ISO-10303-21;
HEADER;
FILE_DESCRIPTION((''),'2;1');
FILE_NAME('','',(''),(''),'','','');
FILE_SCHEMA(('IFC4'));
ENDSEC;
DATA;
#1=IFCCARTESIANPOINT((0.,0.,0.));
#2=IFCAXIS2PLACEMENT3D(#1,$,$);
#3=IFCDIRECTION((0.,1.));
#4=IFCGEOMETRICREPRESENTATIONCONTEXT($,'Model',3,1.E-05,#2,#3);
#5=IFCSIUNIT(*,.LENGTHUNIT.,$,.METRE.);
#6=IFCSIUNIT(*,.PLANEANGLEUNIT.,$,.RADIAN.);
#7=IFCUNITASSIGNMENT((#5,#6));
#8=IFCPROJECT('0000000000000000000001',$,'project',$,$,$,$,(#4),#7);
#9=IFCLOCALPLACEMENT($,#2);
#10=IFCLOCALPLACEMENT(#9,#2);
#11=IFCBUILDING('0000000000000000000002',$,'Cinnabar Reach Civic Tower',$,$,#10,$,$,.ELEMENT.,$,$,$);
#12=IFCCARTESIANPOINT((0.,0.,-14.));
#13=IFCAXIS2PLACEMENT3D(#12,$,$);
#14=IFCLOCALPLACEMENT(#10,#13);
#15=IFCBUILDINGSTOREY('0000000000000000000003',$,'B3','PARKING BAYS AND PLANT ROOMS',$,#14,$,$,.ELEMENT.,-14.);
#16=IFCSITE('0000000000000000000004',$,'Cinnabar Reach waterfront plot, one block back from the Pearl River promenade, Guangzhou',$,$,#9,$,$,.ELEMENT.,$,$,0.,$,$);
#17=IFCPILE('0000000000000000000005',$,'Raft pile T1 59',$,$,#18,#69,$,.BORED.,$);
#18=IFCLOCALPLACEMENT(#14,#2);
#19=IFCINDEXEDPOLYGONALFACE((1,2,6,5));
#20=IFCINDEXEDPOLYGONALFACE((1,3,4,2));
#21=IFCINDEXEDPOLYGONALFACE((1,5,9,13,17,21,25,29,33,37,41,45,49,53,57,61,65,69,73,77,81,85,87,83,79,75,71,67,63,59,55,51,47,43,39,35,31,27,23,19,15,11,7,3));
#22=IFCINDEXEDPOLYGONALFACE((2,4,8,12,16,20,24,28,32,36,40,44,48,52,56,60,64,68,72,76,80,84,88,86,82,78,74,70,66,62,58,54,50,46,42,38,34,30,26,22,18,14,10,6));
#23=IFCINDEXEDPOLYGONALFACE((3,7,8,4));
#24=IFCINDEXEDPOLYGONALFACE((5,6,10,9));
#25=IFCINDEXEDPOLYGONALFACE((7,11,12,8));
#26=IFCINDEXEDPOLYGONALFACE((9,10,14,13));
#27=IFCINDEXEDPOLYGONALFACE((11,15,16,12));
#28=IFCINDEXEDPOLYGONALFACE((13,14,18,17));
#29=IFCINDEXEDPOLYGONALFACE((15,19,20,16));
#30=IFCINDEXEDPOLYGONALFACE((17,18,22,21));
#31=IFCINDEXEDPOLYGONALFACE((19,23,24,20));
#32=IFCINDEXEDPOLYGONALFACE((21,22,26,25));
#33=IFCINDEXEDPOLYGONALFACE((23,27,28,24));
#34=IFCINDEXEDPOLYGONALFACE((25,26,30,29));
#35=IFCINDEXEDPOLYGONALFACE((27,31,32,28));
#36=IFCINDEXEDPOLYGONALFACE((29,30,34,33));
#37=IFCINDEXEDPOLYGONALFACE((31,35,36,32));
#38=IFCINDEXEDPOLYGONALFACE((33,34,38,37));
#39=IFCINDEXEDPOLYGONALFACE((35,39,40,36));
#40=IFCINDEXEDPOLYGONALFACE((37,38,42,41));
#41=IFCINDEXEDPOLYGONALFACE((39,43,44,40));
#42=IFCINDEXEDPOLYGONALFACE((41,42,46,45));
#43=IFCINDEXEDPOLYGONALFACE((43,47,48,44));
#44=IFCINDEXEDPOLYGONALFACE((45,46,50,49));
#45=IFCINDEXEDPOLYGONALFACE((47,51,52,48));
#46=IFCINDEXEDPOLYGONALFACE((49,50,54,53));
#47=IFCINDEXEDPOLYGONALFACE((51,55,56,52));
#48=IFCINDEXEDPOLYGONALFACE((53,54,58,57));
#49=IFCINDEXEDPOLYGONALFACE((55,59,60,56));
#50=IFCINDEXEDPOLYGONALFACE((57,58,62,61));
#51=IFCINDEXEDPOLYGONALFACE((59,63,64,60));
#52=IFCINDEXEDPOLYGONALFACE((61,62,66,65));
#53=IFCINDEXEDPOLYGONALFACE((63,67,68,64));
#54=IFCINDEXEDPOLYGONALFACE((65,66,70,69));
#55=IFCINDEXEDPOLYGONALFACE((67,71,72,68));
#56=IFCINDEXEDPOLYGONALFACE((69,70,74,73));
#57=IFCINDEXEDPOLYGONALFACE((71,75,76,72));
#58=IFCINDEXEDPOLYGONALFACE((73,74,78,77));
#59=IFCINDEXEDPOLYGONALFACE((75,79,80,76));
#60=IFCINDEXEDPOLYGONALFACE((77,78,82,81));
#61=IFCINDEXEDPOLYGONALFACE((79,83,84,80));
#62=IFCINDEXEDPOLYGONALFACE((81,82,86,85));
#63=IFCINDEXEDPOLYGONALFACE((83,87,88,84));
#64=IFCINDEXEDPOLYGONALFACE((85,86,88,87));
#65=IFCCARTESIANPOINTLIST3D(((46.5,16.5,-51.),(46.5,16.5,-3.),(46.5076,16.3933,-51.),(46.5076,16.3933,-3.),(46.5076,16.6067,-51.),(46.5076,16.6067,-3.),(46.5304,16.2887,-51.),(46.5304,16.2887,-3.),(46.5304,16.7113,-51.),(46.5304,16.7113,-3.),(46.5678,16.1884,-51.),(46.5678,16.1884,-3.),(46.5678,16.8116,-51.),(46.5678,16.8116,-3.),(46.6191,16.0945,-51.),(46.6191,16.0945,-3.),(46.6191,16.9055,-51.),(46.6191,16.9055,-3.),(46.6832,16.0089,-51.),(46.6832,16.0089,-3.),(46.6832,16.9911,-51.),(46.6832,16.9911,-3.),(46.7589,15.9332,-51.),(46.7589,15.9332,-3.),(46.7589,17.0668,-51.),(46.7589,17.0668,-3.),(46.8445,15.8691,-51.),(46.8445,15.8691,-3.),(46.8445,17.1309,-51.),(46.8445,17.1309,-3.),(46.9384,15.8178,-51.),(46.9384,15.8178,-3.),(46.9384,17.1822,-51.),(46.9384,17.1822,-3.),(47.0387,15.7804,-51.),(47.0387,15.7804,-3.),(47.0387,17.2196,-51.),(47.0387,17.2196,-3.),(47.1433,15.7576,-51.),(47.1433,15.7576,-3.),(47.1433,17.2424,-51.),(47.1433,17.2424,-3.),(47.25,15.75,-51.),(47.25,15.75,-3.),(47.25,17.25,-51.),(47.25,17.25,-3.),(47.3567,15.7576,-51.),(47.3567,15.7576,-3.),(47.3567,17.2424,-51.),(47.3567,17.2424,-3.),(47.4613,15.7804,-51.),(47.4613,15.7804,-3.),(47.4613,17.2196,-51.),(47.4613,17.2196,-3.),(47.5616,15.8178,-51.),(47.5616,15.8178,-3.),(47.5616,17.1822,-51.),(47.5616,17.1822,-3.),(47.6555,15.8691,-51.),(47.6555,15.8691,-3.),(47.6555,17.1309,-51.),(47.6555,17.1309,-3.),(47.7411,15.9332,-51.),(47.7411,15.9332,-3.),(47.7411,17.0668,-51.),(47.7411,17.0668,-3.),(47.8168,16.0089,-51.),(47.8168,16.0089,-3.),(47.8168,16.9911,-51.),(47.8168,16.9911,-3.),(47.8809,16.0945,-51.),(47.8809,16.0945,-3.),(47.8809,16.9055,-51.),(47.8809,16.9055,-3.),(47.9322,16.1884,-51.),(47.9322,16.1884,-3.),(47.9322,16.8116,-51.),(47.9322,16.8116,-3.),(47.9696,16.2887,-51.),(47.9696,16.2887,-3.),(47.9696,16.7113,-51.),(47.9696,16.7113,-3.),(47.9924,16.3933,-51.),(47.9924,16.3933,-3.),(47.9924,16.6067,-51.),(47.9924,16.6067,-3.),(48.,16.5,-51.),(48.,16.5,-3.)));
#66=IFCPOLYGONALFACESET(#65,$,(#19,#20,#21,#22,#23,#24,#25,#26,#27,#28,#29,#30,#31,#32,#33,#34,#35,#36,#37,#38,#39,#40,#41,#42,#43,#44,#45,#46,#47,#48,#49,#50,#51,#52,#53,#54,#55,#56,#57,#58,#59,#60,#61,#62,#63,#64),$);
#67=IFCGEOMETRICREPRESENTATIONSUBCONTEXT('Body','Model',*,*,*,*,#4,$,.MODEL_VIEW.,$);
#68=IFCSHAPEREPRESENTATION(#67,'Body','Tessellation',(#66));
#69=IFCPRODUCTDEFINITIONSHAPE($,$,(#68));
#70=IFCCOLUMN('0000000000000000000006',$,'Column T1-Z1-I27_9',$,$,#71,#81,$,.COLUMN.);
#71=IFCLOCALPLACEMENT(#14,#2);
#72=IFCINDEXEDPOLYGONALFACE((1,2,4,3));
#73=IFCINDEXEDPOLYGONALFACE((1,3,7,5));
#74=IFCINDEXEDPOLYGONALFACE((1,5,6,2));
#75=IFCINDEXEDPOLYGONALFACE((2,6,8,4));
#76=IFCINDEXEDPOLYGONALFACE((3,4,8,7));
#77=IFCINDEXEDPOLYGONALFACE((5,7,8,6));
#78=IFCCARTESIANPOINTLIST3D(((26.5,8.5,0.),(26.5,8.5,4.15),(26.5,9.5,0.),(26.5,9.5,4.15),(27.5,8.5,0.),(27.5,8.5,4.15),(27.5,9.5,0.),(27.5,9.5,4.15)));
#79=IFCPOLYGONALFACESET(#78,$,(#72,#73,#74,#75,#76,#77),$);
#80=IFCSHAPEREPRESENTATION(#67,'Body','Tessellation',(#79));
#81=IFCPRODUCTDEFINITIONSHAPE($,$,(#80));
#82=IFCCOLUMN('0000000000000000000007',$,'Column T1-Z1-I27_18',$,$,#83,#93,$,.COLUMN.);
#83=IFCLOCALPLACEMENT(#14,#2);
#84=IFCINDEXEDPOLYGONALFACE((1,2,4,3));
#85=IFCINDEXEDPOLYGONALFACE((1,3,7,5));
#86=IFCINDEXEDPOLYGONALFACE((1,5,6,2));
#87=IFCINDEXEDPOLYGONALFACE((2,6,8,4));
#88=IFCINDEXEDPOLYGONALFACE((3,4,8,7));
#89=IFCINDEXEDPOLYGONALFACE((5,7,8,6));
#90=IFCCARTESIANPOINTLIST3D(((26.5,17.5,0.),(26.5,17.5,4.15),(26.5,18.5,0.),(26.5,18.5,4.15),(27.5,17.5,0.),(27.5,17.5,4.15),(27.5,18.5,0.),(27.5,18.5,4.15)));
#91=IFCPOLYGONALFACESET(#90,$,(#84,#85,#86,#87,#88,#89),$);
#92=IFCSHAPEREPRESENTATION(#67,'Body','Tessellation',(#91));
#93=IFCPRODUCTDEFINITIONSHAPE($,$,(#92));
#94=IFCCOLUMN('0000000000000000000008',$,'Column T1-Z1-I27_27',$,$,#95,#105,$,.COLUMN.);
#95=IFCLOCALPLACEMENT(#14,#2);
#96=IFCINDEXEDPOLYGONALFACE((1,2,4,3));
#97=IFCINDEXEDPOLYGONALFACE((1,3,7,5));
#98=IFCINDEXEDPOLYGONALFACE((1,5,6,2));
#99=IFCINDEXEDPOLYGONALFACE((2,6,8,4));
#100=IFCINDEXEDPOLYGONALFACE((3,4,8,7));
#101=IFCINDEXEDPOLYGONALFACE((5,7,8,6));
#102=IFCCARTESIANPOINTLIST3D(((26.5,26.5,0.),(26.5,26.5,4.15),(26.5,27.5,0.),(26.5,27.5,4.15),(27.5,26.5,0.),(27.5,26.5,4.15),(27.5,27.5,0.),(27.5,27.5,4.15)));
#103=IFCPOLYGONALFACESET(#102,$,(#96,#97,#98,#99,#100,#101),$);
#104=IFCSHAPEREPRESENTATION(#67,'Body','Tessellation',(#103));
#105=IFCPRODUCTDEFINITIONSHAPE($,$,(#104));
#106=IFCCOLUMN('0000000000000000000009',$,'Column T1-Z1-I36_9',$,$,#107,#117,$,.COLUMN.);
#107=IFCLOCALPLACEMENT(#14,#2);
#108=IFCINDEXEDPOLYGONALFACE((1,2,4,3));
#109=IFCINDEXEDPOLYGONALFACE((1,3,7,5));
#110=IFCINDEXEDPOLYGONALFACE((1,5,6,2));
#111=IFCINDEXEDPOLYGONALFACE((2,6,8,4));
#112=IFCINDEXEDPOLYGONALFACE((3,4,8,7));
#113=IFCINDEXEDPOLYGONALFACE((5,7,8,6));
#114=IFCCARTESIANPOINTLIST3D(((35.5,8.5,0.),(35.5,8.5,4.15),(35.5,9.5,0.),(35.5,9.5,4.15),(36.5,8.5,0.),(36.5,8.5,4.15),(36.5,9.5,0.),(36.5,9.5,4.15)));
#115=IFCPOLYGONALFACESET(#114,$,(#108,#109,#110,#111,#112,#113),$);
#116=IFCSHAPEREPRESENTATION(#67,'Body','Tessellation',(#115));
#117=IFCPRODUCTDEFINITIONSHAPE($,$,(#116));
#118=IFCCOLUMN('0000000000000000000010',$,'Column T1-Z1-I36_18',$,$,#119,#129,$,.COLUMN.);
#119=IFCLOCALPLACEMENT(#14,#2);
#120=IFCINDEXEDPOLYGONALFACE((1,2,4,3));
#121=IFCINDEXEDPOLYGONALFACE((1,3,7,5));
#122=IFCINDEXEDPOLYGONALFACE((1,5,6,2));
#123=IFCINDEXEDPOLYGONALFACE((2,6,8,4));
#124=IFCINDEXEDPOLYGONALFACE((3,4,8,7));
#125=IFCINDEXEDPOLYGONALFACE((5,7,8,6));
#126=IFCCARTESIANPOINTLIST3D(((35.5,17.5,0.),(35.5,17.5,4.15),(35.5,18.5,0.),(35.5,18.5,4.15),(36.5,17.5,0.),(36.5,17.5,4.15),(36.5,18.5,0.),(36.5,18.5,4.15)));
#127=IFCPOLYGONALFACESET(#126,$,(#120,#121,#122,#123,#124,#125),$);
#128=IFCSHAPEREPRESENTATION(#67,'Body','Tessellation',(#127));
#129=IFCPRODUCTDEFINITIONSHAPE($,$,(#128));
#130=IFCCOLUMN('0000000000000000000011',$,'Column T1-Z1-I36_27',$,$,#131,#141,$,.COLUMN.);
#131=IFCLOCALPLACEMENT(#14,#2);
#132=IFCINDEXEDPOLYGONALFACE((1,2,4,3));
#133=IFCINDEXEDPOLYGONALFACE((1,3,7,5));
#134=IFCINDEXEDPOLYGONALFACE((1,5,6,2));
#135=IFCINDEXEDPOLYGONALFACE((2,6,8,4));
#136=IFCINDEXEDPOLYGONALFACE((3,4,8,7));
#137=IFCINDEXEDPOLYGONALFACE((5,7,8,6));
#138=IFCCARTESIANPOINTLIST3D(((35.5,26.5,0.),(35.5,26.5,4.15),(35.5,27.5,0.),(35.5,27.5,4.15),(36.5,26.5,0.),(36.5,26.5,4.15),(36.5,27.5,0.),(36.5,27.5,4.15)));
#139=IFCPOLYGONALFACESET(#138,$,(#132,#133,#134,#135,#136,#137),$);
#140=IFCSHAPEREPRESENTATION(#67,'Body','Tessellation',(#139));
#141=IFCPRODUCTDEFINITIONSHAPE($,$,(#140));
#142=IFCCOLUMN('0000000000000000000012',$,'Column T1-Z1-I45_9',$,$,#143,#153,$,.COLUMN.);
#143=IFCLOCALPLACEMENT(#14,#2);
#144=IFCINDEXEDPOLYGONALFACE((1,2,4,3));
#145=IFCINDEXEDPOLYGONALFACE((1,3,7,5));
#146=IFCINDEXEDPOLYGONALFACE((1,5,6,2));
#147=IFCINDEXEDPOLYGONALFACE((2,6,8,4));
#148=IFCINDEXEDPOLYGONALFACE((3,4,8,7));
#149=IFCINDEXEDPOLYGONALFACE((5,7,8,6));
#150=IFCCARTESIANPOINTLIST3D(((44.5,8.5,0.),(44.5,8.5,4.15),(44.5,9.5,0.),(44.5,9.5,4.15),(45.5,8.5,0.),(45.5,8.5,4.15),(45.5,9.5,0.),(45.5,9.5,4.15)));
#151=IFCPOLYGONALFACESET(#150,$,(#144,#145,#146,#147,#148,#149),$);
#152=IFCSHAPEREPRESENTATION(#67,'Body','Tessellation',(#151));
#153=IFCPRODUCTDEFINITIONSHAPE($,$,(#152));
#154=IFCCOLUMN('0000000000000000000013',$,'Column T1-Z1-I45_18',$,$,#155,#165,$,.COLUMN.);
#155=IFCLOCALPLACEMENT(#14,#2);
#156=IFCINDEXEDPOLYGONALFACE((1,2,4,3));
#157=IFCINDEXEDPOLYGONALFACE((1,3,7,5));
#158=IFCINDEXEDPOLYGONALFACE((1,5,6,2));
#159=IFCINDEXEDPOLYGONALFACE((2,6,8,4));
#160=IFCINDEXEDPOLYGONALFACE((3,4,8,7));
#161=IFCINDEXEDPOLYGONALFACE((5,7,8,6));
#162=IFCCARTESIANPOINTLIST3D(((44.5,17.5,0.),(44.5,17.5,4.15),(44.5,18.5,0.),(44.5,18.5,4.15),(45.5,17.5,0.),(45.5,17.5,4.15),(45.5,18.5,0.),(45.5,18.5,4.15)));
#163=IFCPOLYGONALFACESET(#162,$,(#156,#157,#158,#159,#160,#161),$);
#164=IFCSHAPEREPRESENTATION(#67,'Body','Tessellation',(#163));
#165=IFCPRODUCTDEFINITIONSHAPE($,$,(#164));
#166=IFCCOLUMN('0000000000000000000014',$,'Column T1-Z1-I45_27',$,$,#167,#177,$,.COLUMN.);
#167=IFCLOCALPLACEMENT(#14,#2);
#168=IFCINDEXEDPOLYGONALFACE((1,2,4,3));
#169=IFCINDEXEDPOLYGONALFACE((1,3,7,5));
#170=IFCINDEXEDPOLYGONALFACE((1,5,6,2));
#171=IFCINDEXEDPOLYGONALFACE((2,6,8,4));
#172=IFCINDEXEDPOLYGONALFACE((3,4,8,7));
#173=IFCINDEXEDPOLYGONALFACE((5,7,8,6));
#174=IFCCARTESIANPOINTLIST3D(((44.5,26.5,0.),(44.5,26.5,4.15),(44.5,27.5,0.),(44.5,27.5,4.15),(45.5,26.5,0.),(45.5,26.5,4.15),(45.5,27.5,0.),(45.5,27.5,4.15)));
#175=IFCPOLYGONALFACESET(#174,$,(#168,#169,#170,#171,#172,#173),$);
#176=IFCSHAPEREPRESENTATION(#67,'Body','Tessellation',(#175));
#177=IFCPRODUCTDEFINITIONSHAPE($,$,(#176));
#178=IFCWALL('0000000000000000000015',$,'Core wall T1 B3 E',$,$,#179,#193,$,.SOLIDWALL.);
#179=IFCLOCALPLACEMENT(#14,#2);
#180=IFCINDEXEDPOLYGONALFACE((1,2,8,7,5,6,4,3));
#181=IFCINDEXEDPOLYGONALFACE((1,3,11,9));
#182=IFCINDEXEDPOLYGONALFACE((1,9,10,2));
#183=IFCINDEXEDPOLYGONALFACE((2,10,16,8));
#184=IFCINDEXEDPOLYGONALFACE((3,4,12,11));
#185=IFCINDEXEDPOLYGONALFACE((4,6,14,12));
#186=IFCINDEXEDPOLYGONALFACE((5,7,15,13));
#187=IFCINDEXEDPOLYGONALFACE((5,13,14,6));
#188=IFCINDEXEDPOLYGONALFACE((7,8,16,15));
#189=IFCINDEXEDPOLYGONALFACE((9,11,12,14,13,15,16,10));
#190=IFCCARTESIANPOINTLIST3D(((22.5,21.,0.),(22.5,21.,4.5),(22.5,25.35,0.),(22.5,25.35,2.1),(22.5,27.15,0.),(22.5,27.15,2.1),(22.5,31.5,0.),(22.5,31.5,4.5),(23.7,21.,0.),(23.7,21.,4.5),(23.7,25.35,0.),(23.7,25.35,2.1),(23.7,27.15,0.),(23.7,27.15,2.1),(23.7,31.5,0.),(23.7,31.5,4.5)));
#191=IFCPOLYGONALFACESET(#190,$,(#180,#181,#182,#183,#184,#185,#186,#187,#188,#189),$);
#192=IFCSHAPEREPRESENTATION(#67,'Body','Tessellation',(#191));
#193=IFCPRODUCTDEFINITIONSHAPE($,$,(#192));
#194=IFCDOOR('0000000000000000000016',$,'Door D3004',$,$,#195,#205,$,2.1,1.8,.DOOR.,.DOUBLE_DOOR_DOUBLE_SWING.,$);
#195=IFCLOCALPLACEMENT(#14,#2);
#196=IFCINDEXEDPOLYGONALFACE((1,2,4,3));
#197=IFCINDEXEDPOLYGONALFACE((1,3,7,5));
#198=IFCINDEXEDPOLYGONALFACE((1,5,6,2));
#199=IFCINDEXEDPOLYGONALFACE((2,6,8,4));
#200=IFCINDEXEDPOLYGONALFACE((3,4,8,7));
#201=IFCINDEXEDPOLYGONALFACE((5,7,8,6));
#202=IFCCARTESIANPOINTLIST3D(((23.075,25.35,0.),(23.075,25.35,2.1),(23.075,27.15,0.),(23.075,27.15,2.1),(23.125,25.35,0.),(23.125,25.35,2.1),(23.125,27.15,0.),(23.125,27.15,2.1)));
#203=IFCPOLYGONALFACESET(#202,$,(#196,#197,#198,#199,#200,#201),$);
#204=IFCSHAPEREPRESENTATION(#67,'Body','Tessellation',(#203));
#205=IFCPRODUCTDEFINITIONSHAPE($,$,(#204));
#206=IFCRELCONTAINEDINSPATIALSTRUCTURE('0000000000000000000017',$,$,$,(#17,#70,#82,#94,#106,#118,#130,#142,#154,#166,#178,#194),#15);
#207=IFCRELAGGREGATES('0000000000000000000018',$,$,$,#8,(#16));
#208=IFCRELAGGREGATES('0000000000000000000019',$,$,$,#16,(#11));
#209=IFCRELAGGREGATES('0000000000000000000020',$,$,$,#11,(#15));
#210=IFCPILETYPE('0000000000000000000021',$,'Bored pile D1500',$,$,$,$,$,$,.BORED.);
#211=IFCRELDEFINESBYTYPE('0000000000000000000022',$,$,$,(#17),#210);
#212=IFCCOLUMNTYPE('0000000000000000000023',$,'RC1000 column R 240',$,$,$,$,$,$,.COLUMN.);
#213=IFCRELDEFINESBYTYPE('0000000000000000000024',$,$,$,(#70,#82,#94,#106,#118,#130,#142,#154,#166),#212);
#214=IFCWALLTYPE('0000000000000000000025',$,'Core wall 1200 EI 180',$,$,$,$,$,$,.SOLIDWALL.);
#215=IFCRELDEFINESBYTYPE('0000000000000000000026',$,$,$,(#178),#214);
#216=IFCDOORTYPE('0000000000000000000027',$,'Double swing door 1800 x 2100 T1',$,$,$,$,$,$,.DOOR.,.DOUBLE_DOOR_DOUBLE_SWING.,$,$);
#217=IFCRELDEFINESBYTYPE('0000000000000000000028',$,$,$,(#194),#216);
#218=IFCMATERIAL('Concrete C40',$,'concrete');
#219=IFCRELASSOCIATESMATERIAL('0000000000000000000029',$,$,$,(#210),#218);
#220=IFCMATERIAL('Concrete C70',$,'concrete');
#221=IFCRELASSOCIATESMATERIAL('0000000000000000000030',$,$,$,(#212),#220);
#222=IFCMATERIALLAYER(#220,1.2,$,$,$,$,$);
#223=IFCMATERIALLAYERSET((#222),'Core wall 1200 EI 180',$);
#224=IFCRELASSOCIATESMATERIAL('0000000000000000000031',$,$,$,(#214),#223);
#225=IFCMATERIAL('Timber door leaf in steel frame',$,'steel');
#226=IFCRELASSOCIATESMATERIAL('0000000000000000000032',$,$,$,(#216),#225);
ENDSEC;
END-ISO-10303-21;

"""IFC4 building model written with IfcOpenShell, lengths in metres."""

from ifc_helpers import new_model, si_unit, direction, frame, frame_2d, origin, origin_2d, place, context, subcontext, project, spatial, rectangle, circle, extrude, material, layer, layer_set, material_profile, profile_set, type_object, element, fill, save


model = new_model("IFC4")

# Units and contexts
model_context = context("Model", 3, precision=1e-05, world=origin(), true_north=direction((0.0, 1.0)))
body_context = subcontext(model_context, "Body", "Model", "MODEL_VIEW")
ifc_project = project(units=[si_unit("LENGTHUNIT", "METRE"), si_unit("PLANEANGLEUNIT", "RADIAN")], contexts=[model_context])

# Site, building, storey
site_placement = place(None, origin())
site = spatial("IfcSite", under=ifc_project, at=site_placement, Name="Cinnabar Reach waterfront plot, one block back from the Pearl River promenade, Guangzhou", CompositionType="ELEMENT", RefElevation=0.0)
building_placement = place(site_placement, origin())
building = spatial("IfcBuilding", under=site, at=building_placement, Name="Cinnabar Reach Civic Tower", CompositionType="ELEMENT")
storey_placement = place(building_placement, frame((0.0, 0.0, -14.0)))
storey = spatial("IfcBuildingStorey", under=building, at=storey_placement, Name="B3", Description="PARKING BAYS AND PLANT ROOMS", CompositionType="ELEMENT", Elevation=-14.0)

# Pile
ifc_material_1 = material(Name="Concrete C40", Category="concrete")
pile_type = type_object("IfcPileType", Name="Bored pile D1500", PredefinedType="BORED", material=ifc_material_1)
for number, where, z_axis, x_axis, name in (
    (1, (47.25, 16.5, -3.0), (0.0, 0.0, -1.0), (1.0, 0.0, 0.0), "Raft pile T1 59"),
):
    element("IfcPile", number, at=place(storey_placement, frame(where, z_axis=z_axis, x_axis=x_axis)), inside=storey, type_object=pile_type, Name=name, PredefinedType="BORED", context=body_context, shape_type="SweptSolid", body=[
        extrude(circle(Radius=0.75, at=origin_2d()), origin(), (0.0, 0.0, 1.0), 48.0),
    ])

# Columns
ifc_material_2 = material(Name="Concrete C70", Category="concrete")
ifc_material_profile = material_profile(ifc_material_2, rectangle(XDim=1.0, YDim=1.0, at=origin_2d()), Name="RC1000")
ifc_profile_set = profile_set([ifc_material_profile], Name="Concrete C70")
column_type = type_object("IfcColumnType", Name="RC1000 column R 240", PredefinedType="COLUMN", material=ifc_profile_set)
for number, where, z_axis, x_axis, name in (
    (2, (27.0, 9.0, 0.0), (0.0, 0.0, 1.0), (1.0, 0.0, 0.0), "Column T1-Z1-I27_9"),
    (3, (27.0, 18.0, 0.0), (0.0, 0.0, 1.0), (1.0, 0.0, 0.0), "Column T1-Z1-I27_18"),
    (4, (27.0, 27.0, 0.0), (0.0, 0.0, 1.0), (1.0, 0.0, 0.0), "Column T1-Z1-I27_27"),
    (5, (36.0, 9.0, 0.0), (0.0, 0.0, 1.0), (1.0, 0.0, 0.0), "Column T1-Z1-I36_9"),
    (6, (36.0, 18.0, 0.0), (0.0, 0.0, 1.0), (1.0, 0.0, 0.0), "Column T1-Z1-I36_18"),
    (7, (36.0, 27.0, 0.0), (0.0, 0.0, 1.0), (1.0, 0.0, 0.0), "Column T1-Z1-I36_27"),
    (8, (45.0, 9.0, 0.0), (0.0, 0.0, 1.0), (1.0, 0.0, 0.0), "Column T1-Z1-I45_9"),
    (9, (45.0, 18.0, 0.0), (0.0, 0.0, 1.0), (1.0, 0.0, 0.0), "Column T1-Z1-I45_18"),
    (10, (45.0, 27.0, 0.0), (0.0, 0.0, 1.0), (1.0, 0.0, 0.0), "Column T1-Z1-I45_27"),
):
    element("IfcColumn", number, at=place(storey_placement, frame(where, z_axis=z_axis, x_axis=x_axis)), inside=storey, type_object=column_type, Name=name, PredefinedType="COLUMN", context=body_context, shape_type="SweptSolid", body=[
        extrude(rectangle(XDim=1.0, YDim=1.0, at=origin_2d()), origin(), (0.0, 0.0, 1.0), 4.15),
    ])

# Wall, opening, door
ifc_layer = layer(ifc_material_2, 1.2)
ifc_layer_set = layer_set([ifc_layer], Name="Core wall 1200 EI 180")
wall_type = type_object("IfcWallType", Name="Core wall 1200 EI 180", PredefinedType="SOLIDWALL", material=ifc_layer_set)
wall_placement = place(storey_placement, frame((23.1, 21.0, 0.0), z_axis=(0.0, 0.0, 1.0), x_axis=(0.0, 1.0, 0.0)))
wall = element("IfcWall", 11, at=wall_placement, inside=storey, type_object=wall_type, Name="Core wall T1 B3 E", PredefinedType="SOLIDWALL", context=body_context, shape_type="SweptSolid", body=[
    extrude(rectangle(XDim=10.5, YDim=1.2, at=frame_2d((5.25, 0.0))), origin(), (0.0, 0.0, 1.0), 4.5),
])
opening_placement = place(wall_placement, frame((4.35, 0.0, 0.0)))
opening = element("IfcOpeningElement", 12, at=opening_placement, cuts=wall, PredefinedType="OPENING", context=body_context, shape_type="SweptSolid", body=[
    extrude(rectangle(XDim=1.8, YDim=2.1, at=frame_2d((0.9, 1.05))), frame((0.0, 0.61, 0.0), z_axis=(0.0, -1.0, 0.0), x_axis=(1.0, 0.0, 0.0)), (0.0, 0.0, 1.0), 1.22),
])
ifc_material_3 = material(Name="Timber door leaf in steel frame", Category="steel")
door_type = type_object("IfcDoorType", Name="Double swing door 1800 x 2100 T1", OperationType="DOUBLE_DOOR_DOUBLE_SWING", PredefinedType="DOOR", material=ifc_material_3)
door_placement = place(opening_placement, frame((1.8, 0.0, 0.0), z_axis=(0.0, 0.0, 1.0), x_axis=(-1.0, 0.0, 0.0)))
door = element("IfcDoor", 13, at=door_placement, inside=storey, type_object=door_type, Name="Door D3004", OperationType="DOUBLE_DOOR_DOUBLE_SWING", OverallHeight=2.1, OverallWidth=1.8, PredefinedType="DOOR", context=body_context, shape_type="SweptSolid", body=[
    extrude(rectangle(XDim=1.8, YDim=2.1, at=frame_2d((0.9, 1.05))), frame((0.0, 0.025, 0.0), z_axis=(0.0, -1.0, 0.0), x_axis=(1.0, 0.0, 0.0)), (0.0, 0.0, 1.0), 0.05),
])
fill(opening, door)

save(model, "model.ifc")
